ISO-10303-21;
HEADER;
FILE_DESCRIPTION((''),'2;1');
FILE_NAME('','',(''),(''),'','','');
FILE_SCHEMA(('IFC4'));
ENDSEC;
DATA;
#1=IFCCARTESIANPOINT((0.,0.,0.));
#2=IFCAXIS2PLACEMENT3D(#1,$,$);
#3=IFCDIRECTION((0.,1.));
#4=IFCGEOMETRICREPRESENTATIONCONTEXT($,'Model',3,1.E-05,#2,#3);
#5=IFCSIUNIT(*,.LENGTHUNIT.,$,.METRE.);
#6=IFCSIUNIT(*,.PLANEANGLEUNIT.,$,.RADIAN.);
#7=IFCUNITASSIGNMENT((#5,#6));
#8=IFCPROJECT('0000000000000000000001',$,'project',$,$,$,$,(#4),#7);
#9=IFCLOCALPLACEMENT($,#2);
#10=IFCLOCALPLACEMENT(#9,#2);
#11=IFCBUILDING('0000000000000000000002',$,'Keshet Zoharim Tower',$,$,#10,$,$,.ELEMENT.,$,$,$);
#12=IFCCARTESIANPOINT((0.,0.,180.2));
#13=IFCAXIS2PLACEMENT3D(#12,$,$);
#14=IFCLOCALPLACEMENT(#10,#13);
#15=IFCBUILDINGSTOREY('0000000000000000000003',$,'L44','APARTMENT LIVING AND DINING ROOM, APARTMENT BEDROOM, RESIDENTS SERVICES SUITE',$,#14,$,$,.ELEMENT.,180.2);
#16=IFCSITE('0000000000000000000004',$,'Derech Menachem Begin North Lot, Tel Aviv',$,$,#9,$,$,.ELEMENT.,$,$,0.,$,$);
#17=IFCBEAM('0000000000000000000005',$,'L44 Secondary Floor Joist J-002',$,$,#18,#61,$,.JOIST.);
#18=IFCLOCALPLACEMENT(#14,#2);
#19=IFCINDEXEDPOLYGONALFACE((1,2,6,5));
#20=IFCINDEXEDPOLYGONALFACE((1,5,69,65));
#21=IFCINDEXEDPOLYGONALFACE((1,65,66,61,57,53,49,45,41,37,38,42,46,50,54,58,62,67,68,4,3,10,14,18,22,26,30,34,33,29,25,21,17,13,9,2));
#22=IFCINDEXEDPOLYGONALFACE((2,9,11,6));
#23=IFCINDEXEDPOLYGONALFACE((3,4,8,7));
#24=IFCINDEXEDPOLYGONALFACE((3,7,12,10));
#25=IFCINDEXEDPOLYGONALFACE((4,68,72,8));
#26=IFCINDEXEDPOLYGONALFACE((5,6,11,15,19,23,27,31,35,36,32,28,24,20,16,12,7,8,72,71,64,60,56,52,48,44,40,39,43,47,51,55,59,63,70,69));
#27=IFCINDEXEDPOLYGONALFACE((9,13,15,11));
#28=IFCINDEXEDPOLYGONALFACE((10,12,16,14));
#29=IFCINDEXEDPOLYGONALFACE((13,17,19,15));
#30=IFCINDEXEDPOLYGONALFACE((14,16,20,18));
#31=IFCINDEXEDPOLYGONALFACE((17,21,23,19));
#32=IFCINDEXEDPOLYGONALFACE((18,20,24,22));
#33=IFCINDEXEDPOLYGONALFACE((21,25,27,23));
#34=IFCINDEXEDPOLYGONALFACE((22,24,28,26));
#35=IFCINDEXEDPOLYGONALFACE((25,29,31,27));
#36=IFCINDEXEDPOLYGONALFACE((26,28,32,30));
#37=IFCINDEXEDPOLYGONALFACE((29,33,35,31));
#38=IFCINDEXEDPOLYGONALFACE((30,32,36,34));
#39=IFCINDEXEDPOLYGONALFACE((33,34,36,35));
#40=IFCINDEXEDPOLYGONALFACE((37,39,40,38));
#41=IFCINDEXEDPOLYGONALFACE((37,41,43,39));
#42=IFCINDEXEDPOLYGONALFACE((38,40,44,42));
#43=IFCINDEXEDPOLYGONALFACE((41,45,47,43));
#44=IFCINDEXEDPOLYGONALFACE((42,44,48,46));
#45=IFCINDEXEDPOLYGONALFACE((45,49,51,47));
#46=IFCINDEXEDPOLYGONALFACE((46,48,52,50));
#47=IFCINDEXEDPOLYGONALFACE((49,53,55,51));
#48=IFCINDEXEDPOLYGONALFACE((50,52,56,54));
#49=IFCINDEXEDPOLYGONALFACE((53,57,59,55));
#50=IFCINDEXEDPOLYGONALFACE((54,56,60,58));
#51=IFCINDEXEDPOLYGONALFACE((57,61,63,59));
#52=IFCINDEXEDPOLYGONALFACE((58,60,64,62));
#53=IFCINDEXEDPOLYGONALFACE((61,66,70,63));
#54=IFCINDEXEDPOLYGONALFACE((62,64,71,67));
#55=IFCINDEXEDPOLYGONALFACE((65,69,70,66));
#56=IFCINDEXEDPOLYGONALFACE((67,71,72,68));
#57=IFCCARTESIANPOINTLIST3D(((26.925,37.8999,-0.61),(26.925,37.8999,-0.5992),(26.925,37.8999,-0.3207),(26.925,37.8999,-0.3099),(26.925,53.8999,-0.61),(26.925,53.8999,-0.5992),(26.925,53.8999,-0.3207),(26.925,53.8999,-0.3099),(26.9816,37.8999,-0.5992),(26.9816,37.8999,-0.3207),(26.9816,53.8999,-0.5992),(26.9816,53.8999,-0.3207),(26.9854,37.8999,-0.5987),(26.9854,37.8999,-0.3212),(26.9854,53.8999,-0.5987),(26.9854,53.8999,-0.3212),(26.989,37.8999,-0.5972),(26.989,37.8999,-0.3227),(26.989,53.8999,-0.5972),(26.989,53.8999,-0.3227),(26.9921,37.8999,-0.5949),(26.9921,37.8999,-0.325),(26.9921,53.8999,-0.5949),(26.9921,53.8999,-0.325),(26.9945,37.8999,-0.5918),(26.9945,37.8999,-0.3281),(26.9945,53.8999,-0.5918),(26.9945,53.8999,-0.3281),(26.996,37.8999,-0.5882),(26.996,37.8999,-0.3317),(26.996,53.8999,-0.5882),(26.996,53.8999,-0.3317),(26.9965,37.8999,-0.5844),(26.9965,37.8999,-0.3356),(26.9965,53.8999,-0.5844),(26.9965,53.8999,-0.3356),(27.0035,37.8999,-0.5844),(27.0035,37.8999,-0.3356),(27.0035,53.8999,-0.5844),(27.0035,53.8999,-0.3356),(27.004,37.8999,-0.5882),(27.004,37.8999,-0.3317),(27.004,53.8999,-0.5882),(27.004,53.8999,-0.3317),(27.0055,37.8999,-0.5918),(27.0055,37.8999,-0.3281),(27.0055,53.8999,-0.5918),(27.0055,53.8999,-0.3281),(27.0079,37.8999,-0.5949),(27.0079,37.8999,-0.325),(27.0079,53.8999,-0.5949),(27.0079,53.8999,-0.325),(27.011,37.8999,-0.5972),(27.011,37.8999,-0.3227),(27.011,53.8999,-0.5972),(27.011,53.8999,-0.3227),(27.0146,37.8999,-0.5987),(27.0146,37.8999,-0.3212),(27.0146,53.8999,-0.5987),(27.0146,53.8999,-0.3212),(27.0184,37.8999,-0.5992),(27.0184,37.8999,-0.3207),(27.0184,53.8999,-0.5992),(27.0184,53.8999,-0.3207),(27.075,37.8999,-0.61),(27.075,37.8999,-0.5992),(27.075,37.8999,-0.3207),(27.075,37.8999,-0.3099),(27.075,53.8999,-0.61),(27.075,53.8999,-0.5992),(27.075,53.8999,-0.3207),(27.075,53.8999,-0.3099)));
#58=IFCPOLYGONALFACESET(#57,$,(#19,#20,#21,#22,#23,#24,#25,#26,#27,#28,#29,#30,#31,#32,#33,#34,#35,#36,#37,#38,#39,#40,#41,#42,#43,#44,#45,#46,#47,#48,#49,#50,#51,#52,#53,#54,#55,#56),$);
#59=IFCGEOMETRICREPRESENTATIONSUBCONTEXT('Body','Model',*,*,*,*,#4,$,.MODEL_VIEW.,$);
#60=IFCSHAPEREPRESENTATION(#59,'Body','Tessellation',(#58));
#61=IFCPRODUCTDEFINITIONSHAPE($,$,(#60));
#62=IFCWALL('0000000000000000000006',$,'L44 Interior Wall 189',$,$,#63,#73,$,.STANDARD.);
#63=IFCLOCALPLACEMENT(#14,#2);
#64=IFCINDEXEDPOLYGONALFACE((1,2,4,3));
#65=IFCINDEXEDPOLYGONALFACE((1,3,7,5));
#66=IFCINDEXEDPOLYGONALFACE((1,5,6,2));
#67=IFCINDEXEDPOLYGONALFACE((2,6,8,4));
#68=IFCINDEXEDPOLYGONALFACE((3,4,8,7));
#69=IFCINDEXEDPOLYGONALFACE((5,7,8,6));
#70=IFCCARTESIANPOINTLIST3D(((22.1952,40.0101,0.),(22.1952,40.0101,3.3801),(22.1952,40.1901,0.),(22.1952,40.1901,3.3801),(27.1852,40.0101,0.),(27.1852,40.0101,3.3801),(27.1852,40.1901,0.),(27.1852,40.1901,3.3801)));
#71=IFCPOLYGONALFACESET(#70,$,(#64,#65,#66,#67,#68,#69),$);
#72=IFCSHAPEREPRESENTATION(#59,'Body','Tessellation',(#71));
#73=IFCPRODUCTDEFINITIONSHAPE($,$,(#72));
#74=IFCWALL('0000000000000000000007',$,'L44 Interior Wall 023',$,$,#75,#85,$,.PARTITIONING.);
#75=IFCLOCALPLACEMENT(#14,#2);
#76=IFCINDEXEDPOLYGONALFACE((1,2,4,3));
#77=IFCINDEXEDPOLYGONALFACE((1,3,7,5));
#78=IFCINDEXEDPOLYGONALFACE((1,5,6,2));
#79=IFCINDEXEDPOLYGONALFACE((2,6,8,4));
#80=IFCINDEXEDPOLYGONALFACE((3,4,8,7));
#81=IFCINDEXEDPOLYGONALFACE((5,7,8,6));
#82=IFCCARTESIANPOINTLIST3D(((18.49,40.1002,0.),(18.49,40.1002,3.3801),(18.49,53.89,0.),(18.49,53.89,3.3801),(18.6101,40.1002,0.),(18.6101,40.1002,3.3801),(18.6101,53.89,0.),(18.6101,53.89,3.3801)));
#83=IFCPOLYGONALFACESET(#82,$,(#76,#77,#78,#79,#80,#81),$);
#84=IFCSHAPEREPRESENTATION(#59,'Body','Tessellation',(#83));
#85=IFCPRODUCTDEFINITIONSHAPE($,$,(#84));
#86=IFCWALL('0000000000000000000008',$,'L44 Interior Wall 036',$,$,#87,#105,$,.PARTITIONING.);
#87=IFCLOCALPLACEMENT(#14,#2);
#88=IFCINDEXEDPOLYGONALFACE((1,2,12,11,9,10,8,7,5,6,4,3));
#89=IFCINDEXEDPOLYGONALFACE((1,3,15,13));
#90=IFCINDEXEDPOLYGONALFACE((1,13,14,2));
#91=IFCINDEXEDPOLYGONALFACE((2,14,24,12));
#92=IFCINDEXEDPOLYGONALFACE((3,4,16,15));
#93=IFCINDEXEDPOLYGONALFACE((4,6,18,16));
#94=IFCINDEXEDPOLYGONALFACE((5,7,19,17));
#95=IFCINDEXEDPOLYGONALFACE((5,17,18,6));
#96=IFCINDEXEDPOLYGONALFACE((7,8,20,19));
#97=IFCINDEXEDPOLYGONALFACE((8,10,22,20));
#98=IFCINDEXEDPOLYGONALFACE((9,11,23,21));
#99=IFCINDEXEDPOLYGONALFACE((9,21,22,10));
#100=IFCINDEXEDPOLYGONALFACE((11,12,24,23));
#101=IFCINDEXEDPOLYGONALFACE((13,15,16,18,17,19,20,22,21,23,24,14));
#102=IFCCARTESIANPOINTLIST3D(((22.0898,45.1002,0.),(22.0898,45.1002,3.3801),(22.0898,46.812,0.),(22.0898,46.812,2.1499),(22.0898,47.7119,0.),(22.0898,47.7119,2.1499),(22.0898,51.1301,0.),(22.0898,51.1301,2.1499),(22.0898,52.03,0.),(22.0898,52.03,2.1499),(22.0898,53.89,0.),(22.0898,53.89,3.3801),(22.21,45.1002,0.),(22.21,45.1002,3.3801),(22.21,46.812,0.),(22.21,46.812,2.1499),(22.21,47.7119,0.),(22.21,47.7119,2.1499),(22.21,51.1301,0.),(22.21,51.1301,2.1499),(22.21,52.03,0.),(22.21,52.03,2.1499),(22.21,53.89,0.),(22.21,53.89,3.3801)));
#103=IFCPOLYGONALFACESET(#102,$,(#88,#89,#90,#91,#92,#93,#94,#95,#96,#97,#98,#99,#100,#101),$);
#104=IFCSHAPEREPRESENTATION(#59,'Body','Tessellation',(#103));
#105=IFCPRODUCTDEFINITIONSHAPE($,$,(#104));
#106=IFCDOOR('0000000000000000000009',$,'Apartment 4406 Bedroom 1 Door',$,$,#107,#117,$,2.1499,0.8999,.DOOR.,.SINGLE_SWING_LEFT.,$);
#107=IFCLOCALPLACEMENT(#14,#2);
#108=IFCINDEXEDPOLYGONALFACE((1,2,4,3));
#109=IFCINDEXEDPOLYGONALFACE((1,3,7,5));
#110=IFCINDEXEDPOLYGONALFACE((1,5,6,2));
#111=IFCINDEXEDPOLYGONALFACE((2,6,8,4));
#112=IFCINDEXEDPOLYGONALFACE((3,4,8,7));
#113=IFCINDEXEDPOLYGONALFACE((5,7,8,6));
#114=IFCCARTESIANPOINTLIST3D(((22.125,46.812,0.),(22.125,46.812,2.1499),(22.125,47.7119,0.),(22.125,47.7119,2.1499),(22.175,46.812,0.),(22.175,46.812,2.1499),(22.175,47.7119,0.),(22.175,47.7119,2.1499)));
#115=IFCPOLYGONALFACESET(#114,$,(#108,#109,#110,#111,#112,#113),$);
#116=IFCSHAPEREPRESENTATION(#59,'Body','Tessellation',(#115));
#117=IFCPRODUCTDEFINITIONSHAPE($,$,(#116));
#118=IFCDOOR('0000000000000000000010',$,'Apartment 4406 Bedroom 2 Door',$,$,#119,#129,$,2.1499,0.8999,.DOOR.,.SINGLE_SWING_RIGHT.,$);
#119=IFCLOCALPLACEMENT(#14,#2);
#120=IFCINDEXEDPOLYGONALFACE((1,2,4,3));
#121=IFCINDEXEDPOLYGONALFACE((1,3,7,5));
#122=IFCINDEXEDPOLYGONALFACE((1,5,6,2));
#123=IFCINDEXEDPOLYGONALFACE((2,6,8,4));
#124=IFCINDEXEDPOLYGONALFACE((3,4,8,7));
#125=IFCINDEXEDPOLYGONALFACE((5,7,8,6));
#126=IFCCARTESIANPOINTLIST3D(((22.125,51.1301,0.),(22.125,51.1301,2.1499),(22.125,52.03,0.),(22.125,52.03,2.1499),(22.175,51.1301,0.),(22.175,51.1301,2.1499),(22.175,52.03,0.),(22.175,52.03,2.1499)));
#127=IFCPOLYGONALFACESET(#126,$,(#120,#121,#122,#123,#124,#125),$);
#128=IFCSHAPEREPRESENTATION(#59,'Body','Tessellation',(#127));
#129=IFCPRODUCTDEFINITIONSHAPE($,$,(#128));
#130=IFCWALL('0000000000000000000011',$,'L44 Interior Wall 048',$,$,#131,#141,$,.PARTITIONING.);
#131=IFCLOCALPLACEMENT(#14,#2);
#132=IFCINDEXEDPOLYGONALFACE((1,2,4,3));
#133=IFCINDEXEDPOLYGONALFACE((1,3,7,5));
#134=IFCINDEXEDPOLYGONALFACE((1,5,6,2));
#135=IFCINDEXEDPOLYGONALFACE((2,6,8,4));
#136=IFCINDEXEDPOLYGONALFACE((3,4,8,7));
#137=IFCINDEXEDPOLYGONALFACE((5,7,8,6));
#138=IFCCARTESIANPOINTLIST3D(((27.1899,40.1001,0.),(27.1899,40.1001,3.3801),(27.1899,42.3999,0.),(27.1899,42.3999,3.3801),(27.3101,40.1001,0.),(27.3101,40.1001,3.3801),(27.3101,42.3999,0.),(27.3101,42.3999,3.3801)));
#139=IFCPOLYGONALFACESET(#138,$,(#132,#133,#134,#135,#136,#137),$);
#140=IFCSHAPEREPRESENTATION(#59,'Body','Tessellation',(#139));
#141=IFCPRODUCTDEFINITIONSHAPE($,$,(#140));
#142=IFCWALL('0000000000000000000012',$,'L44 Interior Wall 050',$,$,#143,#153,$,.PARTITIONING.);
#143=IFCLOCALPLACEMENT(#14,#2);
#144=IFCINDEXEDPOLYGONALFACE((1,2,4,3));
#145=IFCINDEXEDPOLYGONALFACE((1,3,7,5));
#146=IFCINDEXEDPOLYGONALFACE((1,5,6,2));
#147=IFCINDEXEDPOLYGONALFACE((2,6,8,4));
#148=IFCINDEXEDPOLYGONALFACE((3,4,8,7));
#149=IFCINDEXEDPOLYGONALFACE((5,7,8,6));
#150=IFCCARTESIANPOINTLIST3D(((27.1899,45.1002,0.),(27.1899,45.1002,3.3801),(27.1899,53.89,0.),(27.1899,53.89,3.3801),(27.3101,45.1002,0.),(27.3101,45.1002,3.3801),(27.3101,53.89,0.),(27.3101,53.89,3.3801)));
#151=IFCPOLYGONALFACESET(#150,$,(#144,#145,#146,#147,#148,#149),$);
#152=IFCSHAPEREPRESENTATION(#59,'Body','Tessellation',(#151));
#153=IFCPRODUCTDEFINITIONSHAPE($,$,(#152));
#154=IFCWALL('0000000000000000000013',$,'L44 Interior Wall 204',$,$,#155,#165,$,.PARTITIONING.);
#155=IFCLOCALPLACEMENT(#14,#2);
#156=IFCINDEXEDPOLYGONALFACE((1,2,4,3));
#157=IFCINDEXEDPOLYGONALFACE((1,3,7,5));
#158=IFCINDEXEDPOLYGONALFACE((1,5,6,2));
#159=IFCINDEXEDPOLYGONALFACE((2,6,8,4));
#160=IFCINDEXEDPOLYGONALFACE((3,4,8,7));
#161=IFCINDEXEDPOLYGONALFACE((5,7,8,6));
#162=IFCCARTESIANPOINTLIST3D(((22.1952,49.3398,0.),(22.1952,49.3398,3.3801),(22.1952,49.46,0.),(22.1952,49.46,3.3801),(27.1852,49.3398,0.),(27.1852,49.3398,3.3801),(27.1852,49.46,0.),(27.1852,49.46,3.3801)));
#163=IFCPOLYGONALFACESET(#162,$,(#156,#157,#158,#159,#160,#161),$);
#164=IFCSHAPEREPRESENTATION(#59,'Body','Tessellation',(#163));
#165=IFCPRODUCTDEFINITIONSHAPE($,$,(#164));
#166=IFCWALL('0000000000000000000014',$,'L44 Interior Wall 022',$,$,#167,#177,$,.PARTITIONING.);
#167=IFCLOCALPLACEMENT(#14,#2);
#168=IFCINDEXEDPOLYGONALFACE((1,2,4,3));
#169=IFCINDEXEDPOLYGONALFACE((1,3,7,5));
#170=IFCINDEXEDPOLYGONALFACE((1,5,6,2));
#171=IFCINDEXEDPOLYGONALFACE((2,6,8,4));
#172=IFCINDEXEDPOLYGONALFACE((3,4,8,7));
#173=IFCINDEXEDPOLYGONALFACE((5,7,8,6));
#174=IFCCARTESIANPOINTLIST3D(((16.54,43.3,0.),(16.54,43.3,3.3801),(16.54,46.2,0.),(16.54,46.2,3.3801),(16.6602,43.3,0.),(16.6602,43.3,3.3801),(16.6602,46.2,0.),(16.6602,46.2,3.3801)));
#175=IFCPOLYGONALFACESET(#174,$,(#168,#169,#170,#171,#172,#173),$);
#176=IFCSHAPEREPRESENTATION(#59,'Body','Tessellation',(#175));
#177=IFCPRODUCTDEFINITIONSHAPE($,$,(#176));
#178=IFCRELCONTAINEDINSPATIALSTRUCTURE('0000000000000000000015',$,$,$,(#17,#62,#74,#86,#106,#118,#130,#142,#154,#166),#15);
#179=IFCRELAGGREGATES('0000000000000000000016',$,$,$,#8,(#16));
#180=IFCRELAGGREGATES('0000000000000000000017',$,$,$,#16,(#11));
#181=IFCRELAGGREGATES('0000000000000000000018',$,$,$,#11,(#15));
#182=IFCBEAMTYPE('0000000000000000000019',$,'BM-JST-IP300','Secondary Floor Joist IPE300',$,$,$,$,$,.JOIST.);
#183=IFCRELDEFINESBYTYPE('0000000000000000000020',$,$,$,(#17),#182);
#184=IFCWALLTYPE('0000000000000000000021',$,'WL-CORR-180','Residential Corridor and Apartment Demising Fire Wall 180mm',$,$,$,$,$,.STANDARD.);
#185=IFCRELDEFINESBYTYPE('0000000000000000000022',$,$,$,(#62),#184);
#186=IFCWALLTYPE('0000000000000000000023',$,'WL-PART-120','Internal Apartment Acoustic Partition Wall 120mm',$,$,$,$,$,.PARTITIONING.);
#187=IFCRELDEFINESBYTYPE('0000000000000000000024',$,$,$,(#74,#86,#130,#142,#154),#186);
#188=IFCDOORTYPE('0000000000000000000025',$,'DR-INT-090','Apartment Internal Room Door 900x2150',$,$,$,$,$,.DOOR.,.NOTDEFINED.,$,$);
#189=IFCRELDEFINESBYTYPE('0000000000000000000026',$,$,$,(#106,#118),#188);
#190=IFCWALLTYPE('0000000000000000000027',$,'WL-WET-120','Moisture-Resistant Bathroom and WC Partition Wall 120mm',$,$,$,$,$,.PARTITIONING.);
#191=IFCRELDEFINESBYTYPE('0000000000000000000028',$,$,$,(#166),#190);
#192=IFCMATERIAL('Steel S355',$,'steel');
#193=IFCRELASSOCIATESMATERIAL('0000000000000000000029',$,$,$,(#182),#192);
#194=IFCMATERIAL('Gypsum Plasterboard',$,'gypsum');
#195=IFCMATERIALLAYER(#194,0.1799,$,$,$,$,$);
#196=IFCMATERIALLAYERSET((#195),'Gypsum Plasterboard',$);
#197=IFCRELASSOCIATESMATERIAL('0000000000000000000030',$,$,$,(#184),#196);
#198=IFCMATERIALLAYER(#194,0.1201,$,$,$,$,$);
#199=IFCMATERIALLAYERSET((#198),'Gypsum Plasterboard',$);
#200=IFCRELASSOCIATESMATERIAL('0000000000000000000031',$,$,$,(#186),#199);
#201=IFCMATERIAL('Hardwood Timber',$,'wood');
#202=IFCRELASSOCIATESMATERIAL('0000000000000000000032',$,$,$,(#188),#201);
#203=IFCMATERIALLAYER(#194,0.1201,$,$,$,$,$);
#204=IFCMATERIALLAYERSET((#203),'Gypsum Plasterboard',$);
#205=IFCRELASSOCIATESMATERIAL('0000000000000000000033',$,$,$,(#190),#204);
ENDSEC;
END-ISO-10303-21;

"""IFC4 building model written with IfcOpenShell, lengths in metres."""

from ifc_helpers import new_model, si_unit, direction, frame, frame_2d, origin, origin_2d, place, context, subcontext, project, spatial, rectangle, i_section, extrude, material, layer, layer_set, material_profile, profile_set, type_object, element, fill, save


model = new_model("IFC4")

# Units and contexts
model_context = context("Model", 3, precision=1e-05, world=origin(), true_north=direction((0.0, 1.0)))
body_context = subcontext(model_context, "Body", "Model", "MODEL_VIEW")
ifc_project = project(units=[si_unit("LENGTHUNIT", "METRE"), si_unit("PLANEANGLEUNIT", "RADIAN")], contexts=[model_context])

# Site, building, storey
site_placement = place(None, origin())
site = spatial("IfcSite", under=ifc_project, at=site_placement, Name="Derech Menachem Begin North Lot, Tel Aviv", CompositionType="ELEMENT", RefElevation=0.0)
building_placement = place(site_placement, origin())
building = spatial("IfcBuilding", under=site, at=building_placement, Name="Keshet Zoharim Tower", CompositionType="ELEMENT")
storey_placement = place(building_placement, frame((0.0, 0.0, 180.2)))
storey = spatial("IfcBuildingStorey", under=building, at=storey_placement, Name="L44", Description="APARTMENT LIVING AND DINING ROOM, APARTMENT BEDROOM, RESIDENTS SERVICES SUITE", CompositionType="ELEMENT", Elevation=180.2)

# Beam
ifc_material_1 = material(Name="Steel S355", Category="steel")
ifc_material_profile = material_profile(ifc_material_1, i_section(OverallWidth=0.1499, OverallDepth=0.3, WebThickness=0.0071, FlangeThickness=0.0107, FilletRadius=0.0149, at=origin_2d()), Name="IPE300")
ifc_profile_set = profile_set([ifc_material_profile], Name="Steel S355")
beam_type = type_object("IfcBeamType", Name="BM-JST-IP300", Description="Secondary Floor Joist IPE300", PredefinedType="JOIST", material=ifc_profile_set)
beam_placement = place(storey_placement, frame((27.0, 37.8999, -0.46), z_axis=(0.0, 1.0, 0.0), x_axis=(-1.0, 0.0, 0.0)))
element("IfcBeam", 1, at=beam_placement, inside=storey, type_object=beam_type, Name="L44 Secondary Floor Joist J-002", PredefinedType="JOIST", context=body_context, shape_type="SweptSolid", body=[
    extrude(i_section(OverallWidth=0.1499, OverallDepth=0.3, WebThickness=0.0071, FlangeThickness=0.0107, FilletRadius=0.0149, at=origin_2d()), origin(), (0.0, 0.0, 1.0), 16.0),
])

# Shared definitions
ifc_material_2 = material(Name="Gypsum Plasterboard", Category="gypsum")
ifc_layer_1 = layer(ifc_material_2, 0.1799)
ifc_layer_set_1 = layer_set([ifc_layer_1], Name="Gypsum Plasterboard")
wall_type_1 = type_object("IfcWallType", Name="WL-CORR-180", Description="Residential Corridor and Apartment Demising Fire Wall 180mm", PredefinedType="STANDARD", material=ifc_layer_set_1)
ifc_material_3 = material(Name="Hardwood Timber", Category="wood")

# Walls
wall_1_placement = place(storey_placement, frame((22.1951, 40.1001, 0.0), z_axis=(0.0, 0.0, 1.0), x_axis=(1.0, 0.0, 0.0)))
element("IfcWall", 2, at=wall_1_placement, inside=storey, type_object=wall_type_1, Name="L44 Interior Wall 189", PredefinedType="STANDARD", context=body_context, shape_type="SweptSolid", body=[
    extrude(rectangle(XDim=4.99, YDim=0.1799, at=frame_2d((2.4951, 0.0))), origin(), (0.0, 0.0, 1.0), 3.3801),
])
ifc_layer_2 = layer(ifc_material_2, 0.1201)
ifc_layer_set_2 = layer_set([ifc_layer_2], Name="Gypsum Plasterboard")
wall_type_2 = type_object("IfcWallType", Name="WL-PART-120", Description="Internal Apartment Acoustic Partition Wall 120mm", PredefinedType="PARTITIONING", material=ifc_layer_set_2)
wall_2_placement = place(storey_placement, frame((18.55, 40.1001, 0.0), z_axis=(0.0, 0.0, 1.0), x_axis=(0.0, 1.0, 0.0)))
element("IfcWall", 3, at=wall_2_placement, inside=storey, type_object=wall_type_2, Name="L44 Interior Wall 023", PredefinedType="PARTITIONING", context=body_context, shape_type="SweptSolid", body=[
    extrude(rectangle(XDim=13.7898, YDim=0.1201, at=frame_2d((6.895, 0.0))), origin(), (0.0, 0.0, 1.0), 3.3801),
])

# Shared definitions
door_type_1 = type_object("IfcDoorType", Name="DR-INT-090", Description="Apartment Internal Room Door 900x2150", OperationType="NOTDEFINED", PredefinedType="DOOR", material=ifc_material_3)

# Wall, openings, doors
wall_3_placement = place(storey_placement, frame((22.1499, 45.1001, 0.0), z_axis=(0.0, 0.0, 1.0), x_axis=(0.0, 1.0, 0.0)))
wall_3 = element("IfcWall", 4, at=wall_3_placement, inside=storey, type_object=wall_type_2, Name="L44 Interior Wall 036", PredefinedType="PARTITIONING", context=body_context, shape_type="SweptSolid", body=[
    extrude(rectangle(XDim=8.7898, YDim=0.1201, at=frame_2d((4.395, 0.0))), origin(), (0.0, 0.0, 1.0), 3.3801),
])
opening_1_placement = place(wall_3_placement, frame((1.7119, 0.0, 0.0)))
opening_1 = element("IfcOpeningElement", 5, at=opening_1_placement, cuts=wall_3, PredefinedType="OPENING", context=body_context, shape_type="SweptSolid", body=[
    extrude(rectangle(XDim=0.8999, YDim=2.1499, at=frame_2d((0.45, 1.075))), frame((0.0, 0.0701, 0.0), z_axis=(0.0, -1.0, 0.0), x_axis=(1.0, 0.0, 0.0)), (0.0, 0.0, 1.0), 0.1401),
])
opening_2_placement = place(wall_3_placement, frame((6.03, 0.0, 0.0)))
opening_2 = element("IfcOpeningElement", 6, at=opening_2_placement, cuts=wall_3, PredefinedType="OPENING", context=body_context, shape_type="SweptSolid", body=[
    extrude(rectangle(XDim=0.8999, YDim=2.1499, at=frame_2d((0.45, 1.075))), frame((0.0, 0.0701, 0.0), z_axis=(0.0, -1.0, 0.0), x_axis=(1.0, 0.0, 0.0)), (0.0, 0.0, 1.0), 0.1401),
])
door_1_placement = place(opening_1_placement, origin())
door_1 = element("IfcDoor", 7, at=door_1_placement, inside=storey, type_object=door_type_1, Name="Apartment 4406 Bedroom 1 Door", OperationType="SINGLE_SWING_LEFT", OverallHeight=2.1499, OverallWidth=0.8999, PredefinedType="DOOR", context=body_context, shape_type="SweptSolid", body=[
    extrude(rectangle(XDim=0.8999, YDim=2.1499, at=frame_2d((0.45, 1.075))), frame((0.0, 0.0249, 0.0), z_axis=(0.0, -1.0, 0.0), x_axis=(1.0, 0.0, 0.0)), (0.0, 0.0, 1.0), 0.05),
])
fill(opening_1, door_1)
door_2_placement = place(opening_2_placement, origin())
door_2 = element("IfcDoor", 8, at=door_2_placement, inside=storey, type_object=door_type_1, Name="Apartment 4406 Bedroom 2 Door", OperationType="SINGLE_SWING_RIGHT", OverallHeight=2.1499, OverallWidth=0.8999, PredefinedType="DOOR", context=body_context, shape_type="SweptSolid", body=[
    extrude(rectangle(XDim=0.8999, YDim=2.1499, at=frame_2d((0.45, 1.075))), frame((0.0, 0.0249, 0.0), z_axis=(0.0, -1.0, 0.0), x_axis=(1.0, 0.0, 0.0)), (0.0, 0.0, 1.0), 0.05),
])
fill(opening_2, door_2)

# Walls
wall_4_placement = place(storey_placement, frame((27.25, 40.1001, 0.0), z_axis=(0.0, 0.0, 1.0), x_axis=(0.0, 1.0, 0.0)))
element("IfcWall", 9, at=wall_4_placement, inside=storey, type_object=wall_type_2, Name="L44 Interior Wall 048", PredefinedType="PARTITIONING", context=body_context, shape_type="SweptSolid", body=[
    extrude(rectangle(XDim=2.2998, YDim=0.1201, at=frame_2d((1.1499, 0.0))), origin(), (0.0, 0.0, 1.0), 3.3801),
])
wall_5_placement = place(storey_placement, frame((27.25, 45.1001, 0.0), z_axis=(0.0, 0.0, 1.0), x_axis=(0.0, 1.0, 0.0)))
element("IfcWall", 10, at=wall_5_placement, inside=storey, type_object=wall_type_2, Name="L44 Interior Wall 050", PredefinedType="PARTITIONING", context=body_context, shape_type="SweptSolid", body=[
    extrude(rectangle(XDim=8.7898, YDim=0.1201, at=frame_2d((4.395, 0.0))), origin(), (0.0, 0.0, 1.0), 3.3801),
])
wall_6_placement = place(storey_placement, frame((22.1951, 49.3999, 0.0), z_axis=(0.0, 0.0, 1.0), x_axis=(1.0, 0.0, 0.0)))
element("IfcWall", 11, at=wall_6_placement, inside=storey, type_object=wall_type_2, Name="L44 Interior Wall 204", PredefinedType="PARTITIONING", context=body_context, shape_type="SweptSolid", body=[
    extrude(rectangle(XDim=4.99, YDim=0.1201, at=frame_2d((2.4951, 0.0))), origin(), (0.0, 0.0, 1.0), 3.3801),
])
ifc_layer_3 = layer(ifc_material_2, 0.1201)
ifc_layer_set_3 = layer_set([ifc_layer_3], Name="Gypsum Plasterboard")
wall_type_3 = type_object("IfcWallType", Name="WL-WET-120", Description="Moisture-Resistant Bathroom and WC Partition Wall 120mm", PredefinedType="PARTITIONING", material=ifc_layer_set_3)
wall_7_placement = place(storey_placement, frame((16.6001, 43.3, 0.0), z_axis=(0.0, 0.0, 1.0), x_axis=(0.0, 1.0, 0.0)))
element("IfcWall", 12, at=wall_7_placement, inside=storey, type_object=wall_type_3, Name="L44 Interior Wall 022", PredefinedType="PARTITIONING", context=body_context, shape_type="SweptSolid", body=[
    extrude(rectangle(XDim=2.8999, YDim=0.1201, at=frame_2d((1.45, 0.0))), origin(), (0.0, 0.0, 1.0), 3.3801),
])

save(model, "model.ifc")
